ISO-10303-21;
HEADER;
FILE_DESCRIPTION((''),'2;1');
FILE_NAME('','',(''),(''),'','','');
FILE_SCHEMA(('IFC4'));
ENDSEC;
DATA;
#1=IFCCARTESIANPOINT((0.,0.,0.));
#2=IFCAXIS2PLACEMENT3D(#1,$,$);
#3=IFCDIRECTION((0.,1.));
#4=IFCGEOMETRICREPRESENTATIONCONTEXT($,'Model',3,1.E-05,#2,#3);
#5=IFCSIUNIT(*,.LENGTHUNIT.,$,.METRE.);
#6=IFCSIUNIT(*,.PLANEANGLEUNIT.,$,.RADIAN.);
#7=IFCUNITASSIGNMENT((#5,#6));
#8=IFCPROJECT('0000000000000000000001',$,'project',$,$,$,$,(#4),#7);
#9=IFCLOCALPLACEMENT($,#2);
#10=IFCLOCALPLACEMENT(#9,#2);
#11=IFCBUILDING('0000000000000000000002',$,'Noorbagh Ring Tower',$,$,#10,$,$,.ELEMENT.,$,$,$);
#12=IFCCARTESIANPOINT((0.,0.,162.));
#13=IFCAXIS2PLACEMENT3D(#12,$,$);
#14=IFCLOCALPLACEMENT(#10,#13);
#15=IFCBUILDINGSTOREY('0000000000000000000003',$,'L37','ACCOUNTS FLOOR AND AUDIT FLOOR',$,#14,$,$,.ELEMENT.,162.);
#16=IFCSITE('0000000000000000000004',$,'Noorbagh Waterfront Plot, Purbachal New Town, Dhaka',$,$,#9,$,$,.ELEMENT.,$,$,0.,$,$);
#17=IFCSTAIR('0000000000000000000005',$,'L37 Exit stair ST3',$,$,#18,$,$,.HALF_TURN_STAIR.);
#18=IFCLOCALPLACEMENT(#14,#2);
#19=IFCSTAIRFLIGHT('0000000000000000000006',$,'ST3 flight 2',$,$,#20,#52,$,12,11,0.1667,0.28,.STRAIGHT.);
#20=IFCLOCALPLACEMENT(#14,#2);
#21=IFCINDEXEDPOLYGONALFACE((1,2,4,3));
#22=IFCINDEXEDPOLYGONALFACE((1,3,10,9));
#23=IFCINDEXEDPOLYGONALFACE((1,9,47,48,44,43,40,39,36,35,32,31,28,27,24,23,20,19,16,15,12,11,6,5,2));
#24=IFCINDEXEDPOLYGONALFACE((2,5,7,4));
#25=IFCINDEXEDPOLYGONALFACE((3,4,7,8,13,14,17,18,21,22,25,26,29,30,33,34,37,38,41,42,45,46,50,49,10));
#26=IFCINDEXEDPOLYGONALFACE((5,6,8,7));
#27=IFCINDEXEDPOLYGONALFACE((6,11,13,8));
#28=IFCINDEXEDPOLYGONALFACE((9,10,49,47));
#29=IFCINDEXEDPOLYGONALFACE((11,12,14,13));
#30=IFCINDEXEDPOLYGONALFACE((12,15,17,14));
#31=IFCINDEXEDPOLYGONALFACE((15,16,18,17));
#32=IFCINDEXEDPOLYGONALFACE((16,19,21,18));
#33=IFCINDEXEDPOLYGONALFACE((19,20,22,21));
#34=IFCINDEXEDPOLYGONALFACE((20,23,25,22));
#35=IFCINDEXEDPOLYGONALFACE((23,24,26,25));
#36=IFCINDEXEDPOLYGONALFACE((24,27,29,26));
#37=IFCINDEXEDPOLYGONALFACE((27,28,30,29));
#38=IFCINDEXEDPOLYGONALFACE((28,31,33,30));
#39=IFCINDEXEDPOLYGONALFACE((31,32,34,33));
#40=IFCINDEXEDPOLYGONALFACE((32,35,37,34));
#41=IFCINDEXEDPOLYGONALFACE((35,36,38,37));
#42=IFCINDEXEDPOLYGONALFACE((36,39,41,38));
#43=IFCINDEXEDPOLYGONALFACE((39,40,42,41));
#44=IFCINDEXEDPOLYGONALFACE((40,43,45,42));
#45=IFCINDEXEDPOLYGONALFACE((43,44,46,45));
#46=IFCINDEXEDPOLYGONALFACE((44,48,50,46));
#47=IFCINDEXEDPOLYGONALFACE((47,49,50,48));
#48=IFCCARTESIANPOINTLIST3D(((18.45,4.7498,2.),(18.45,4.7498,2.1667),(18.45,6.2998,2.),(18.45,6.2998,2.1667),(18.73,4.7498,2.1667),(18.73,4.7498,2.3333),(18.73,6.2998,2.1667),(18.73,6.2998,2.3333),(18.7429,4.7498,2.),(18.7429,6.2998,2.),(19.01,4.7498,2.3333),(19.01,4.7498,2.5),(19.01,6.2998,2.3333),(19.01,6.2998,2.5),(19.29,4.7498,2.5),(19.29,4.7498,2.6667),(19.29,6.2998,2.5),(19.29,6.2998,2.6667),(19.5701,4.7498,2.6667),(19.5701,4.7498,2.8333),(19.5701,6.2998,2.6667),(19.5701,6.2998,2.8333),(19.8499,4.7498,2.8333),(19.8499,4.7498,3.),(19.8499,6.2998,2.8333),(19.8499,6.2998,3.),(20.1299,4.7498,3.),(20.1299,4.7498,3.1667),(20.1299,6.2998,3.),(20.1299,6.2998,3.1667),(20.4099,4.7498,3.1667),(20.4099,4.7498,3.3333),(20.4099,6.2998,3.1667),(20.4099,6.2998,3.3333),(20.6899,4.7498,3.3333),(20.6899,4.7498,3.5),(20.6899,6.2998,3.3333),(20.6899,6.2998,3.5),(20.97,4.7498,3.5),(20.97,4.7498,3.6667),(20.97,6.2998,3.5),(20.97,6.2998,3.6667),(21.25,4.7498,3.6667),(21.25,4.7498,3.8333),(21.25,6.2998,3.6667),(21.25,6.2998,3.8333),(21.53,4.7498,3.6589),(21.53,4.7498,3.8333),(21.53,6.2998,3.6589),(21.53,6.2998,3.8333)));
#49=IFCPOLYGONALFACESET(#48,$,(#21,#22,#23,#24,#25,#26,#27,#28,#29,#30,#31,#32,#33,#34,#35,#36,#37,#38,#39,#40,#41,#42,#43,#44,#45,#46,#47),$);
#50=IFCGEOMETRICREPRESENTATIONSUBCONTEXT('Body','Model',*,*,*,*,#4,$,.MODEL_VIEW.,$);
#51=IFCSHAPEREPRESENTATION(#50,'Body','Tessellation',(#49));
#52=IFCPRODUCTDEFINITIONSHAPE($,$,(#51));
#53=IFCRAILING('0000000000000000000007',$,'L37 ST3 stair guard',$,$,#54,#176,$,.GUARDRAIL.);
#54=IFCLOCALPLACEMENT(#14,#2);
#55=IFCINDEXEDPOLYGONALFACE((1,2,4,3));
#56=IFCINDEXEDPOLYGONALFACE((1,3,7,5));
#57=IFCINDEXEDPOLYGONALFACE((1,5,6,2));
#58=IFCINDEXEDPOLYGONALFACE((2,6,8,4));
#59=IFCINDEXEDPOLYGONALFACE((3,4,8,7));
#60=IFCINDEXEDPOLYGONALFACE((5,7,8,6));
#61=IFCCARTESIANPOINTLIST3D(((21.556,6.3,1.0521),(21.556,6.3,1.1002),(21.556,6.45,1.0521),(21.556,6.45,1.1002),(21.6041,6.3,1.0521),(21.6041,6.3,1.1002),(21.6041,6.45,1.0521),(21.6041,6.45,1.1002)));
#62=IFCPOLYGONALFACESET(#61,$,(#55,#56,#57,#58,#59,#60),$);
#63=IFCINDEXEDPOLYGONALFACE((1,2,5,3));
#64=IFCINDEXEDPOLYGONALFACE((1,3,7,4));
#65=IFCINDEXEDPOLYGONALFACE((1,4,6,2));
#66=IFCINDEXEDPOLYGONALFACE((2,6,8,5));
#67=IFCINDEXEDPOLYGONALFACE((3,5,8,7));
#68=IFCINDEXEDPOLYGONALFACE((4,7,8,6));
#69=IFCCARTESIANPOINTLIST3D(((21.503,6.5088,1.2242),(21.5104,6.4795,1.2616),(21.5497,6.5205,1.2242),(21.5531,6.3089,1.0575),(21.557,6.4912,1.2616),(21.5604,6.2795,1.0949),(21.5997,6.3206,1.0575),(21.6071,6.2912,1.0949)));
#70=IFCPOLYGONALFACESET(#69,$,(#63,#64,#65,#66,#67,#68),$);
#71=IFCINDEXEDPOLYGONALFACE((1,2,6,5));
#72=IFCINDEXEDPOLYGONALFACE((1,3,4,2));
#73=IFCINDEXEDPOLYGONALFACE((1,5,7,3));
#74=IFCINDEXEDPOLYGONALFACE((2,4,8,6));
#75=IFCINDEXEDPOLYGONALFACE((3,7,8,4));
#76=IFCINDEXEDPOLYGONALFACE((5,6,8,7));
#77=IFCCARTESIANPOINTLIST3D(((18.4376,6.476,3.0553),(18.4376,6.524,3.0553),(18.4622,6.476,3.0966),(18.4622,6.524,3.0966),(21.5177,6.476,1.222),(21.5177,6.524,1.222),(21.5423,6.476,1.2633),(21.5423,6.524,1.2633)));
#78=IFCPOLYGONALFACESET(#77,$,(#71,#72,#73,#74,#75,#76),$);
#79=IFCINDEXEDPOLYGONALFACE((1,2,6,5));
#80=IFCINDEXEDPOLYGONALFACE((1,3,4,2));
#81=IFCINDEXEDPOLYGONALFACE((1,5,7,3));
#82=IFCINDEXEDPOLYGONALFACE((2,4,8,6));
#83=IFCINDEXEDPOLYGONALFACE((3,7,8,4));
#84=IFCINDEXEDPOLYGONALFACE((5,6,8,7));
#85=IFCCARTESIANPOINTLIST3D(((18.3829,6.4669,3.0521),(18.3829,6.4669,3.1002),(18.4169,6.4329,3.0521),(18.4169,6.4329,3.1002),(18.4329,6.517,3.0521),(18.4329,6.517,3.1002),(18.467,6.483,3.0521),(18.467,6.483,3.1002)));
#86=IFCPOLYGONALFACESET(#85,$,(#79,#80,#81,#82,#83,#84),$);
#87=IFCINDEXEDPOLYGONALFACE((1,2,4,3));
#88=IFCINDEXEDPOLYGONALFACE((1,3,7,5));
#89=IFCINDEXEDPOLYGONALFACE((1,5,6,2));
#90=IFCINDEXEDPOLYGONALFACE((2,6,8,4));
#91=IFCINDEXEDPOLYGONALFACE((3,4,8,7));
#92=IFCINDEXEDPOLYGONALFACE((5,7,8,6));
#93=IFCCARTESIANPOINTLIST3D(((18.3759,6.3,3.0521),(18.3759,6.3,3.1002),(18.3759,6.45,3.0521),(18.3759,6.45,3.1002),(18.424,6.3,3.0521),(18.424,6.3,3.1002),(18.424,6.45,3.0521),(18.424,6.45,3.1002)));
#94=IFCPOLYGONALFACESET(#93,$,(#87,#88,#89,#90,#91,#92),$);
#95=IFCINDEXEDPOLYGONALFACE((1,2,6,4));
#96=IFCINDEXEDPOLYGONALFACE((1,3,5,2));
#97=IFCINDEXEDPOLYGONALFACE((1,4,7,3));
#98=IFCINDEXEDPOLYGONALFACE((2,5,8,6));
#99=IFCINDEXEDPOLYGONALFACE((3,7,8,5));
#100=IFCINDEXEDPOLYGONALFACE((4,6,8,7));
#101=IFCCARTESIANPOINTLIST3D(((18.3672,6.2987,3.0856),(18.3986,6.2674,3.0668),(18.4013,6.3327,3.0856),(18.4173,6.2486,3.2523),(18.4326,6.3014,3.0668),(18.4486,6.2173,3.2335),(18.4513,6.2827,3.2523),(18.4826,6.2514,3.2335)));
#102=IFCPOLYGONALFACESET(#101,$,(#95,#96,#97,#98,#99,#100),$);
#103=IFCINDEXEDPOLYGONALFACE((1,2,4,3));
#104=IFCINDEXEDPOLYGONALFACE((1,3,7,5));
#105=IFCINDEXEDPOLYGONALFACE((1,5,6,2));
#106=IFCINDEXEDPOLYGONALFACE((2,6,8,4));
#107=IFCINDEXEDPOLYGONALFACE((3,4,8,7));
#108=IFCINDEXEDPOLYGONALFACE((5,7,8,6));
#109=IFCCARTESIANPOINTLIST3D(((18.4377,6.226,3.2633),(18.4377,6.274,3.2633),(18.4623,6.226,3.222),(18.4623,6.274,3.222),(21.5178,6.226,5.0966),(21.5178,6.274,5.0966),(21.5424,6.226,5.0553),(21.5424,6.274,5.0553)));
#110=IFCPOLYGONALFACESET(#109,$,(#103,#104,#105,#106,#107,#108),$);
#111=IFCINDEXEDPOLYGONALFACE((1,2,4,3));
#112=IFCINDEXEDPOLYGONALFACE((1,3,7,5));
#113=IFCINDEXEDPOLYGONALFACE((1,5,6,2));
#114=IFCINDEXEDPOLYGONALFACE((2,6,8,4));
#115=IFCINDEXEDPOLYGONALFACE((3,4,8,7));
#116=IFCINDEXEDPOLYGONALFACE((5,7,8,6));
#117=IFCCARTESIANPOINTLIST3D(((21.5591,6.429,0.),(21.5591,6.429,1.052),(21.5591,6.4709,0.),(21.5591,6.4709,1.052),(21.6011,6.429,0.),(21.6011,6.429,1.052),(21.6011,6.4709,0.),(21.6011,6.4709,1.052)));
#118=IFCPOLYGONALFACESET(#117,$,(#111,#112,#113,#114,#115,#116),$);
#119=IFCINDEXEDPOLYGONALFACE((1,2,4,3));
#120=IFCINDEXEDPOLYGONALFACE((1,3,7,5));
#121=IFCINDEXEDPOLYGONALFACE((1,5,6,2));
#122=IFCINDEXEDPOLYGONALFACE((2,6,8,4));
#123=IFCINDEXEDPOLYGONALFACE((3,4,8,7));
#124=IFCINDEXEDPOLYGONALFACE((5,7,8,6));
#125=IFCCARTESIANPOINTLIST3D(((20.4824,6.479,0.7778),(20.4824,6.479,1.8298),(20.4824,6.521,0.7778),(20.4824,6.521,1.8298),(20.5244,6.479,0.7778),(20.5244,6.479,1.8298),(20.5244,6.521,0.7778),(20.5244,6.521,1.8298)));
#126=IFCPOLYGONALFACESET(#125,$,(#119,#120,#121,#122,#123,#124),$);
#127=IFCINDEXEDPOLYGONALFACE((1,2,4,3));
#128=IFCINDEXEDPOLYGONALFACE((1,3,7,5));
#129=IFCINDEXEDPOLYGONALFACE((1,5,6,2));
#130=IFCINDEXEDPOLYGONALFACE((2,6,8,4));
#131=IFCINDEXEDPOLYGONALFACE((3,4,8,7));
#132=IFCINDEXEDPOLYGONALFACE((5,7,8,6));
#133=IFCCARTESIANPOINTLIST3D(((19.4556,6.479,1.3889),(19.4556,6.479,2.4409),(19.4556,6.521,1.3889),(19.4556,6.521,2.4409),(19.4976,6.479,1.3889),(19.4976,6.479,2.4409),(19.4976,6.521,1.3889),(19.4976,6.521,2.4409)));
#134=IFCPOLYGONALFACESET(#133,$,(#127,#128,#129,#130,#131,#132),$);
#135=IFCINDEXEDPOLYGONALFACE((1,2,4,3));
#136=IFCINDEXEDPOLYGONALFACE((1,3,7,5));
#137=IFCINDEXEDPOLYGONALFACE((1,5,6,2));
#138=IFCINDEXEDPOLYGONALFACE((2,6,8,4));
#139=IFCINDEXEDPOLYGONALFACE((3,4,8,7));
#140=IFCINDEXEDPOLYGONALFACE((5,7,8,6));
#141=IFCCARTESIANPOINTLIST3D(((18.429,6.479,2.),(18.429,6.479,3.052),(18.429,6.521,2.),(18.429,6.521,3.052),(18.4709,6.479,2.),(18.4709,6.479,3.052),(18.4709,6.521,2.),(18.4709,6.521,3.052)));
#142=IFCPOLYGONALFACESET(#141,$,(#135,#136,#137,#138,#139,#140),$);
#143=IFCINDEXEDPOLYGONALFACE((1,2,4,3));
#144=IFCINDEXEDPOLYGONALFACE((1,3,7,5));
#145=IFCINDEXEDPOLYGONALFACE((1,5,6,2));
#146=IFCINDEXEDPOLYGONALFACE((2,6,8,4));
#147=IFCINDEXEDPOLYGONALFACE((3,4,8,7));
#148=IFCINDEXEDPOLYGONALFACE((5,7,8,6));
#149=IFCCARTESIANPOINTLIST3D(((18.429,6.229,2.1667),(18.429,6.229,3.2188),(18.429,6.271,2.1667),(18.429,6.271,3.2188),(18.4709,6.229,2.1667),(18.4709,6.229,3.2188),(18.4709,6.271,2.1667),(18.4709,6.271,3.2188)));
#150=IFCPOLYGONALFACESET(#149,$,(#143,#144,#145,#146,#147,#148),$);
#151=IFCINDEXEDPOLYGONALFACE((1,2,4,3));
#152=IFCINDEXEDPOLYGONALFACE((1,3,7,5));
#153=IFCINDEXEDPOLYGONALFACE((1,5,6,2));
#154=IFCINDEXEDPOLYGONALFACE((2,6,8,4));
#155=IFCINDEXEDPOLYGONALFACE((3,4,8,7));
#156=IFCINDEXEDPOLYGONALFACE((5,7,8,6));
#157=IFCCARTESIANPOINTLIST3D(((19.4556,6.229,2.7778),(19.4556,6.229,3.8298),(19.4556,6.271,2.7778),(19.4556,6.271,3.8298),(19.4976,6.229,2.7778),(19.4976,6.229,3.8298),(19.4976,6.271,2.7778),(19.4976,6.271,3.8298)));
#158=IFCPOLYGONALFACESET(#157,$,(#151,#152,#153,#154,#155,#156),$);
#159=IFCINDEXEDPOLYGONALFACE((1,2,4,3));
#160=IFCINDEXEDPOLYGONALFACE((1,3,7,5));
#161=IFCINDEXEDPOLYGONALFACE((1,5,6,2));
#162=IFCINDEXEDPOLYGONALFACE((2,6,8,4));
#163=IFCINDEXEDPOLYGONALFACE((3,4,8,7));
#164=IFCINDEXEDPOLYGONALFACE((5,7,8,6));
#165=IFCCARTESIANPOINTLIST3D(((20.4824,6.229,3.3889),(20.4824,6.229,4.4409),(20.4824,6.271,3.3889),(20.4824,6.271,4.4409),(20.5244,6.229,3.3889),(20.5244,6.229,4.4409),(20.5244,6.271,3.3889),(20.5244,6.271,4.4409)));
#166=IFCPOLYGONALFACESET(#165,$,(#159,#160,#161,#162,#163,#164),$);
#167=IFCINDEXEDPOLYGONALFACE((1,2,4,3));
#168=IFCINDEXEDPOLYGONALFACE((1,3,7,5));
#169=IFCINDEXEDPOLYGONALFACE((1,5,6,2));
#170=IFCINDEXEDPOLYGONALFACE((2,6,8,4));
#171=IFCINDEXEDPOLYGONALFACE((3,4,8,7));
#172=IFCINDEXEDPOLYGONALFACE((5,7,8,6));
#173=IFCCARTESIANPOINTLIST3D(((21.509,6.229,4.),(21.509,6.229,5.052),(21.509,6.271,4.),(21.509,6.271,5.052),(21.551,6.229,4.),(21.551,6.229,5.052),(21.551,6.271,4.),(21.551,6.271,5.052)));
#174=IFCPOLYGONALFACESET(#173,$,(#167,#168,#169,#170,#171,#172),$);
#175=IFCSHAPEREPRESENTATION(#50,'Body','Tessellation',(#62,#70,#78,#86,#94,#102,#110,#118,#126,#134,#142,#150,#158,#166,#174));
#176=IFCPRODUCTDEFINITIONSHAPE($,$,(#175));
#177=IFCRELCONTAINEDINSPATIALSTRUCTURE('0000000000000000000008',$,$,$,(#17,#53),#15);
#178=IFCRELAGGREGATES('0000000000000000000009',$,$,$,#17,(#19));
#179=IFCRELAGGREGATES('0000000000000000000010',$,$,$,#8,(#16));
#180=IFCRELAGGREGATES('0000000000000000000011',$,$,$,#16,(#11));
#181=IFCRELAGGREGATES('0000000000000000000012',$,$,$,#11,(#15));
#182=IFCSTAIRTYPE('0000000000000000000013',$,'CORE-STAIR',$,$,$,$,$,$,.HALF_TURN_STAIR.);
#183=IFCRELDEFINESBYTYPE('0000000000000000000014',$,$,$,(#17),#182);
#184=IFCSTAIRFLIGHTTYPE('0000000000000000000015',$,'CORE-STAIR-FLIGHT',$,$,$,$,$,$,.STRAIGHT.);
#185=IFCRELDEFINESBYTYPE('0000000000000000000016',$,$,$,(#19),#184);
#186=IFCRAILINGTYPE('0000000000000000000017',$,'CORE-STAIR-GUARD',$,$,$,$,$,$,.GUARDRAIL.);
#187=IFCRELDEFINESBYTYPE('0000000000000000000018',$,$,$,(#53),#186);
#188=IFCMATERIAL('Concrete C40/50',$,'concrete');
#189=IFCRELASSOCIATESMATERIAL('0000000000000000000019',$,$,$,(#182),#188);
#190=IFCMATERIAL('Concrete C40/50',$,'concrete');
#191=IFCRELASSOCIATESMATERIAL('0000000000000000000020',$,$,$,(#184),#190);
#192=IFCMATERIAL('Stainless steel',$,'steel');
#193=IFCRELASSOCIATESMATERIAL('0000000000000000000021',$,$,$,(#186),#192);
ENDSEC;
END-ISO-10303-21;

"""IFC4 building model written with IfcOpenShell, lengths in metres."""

from ifc_helpers import new_model, si_unit, direction, frame, origin, origin_2d, place, context, subcontext, project, spatial, polyline, rectangle, outline, extrude, material, type_object, element, aggregate, save


model = new_model("IFC4")

# Units and contexts
model_context = context("Model", 3, precision=1e-05, world=origin(), true_north=direction((0.0, 1.0)))
body_context = subcontext(model_context, "Body", "Model", "MODEL_VIEW")
ifc_project = project(units=[si_unit("LENGTHUNIT", "METRE"), si_unit("PLANEANGLEUNIT", "RADIAN")], contexts=[model_context])

# Site, building, storey
site_placement = place(None, origin())
site = spatial("IfcSite", under=ifc_project, at=site_placement, Name="Noorbagh Waterfront Plot, Purbachal New Town, Dhaka", CompositionType="ELEMENT", RefElevation=0.0)
building_placement = place(site_placement, origin())
building = spatial("IfcBuilding", under=site, at=building_placement, Name="Noorbagh Ring Tower", CompositionType="ELEMENT")
storey_placement = place(building_placement, frame((0.0, 0.0, 162.0)))
storey = spatial("IfcBuildingStorey", under=building, at=storey_placement, Name="L37", Description="ACCOUNTS FLOOR AND AUDIT FLOOR", CompositionType="ELEMENT", Elevation=162.0)

# Stair, stair flight
ifc_material_1 = material(Name="Concrete C40/50", Category="concrete")
stair_type = type_object("IfcStairType", Name="CORE-STAIR", PredefinedType="HALF_TURN_STAIR", material=ifc_material_1)
stair_placement = place(storey_placement, origin())
stair = element("IfcStair", 1, at=stair_placement, inside=storey, type_object=stair_type, Name="L37 Exit stair ST3", PredefinedType="HALF_TURN_STAIR")
ifc_material_2 = material(Name="Concrete C40/50", Category="concrete")
stair_flight_type = type_object("IfcStairFlightType", Name="CORE-STAIR-FLIGHT", PredefinedType="STRAIGHT", material=ifc_material_2)
stair_flight_1_placement = place(storey_placement, frame((18.45, 5.5249, 2.0), z_axis=(0.0, 0.0, 1.0), x_axis=(1.0, 0.0, 0.0)))
stair_flight_1 = element("IfcStairFlight", 2, at=stair_flight_1_placement, type_object=stair_flight_type, Name="ST3 flight 2", NumberOfRisers=12, NumberOfTreads=11, PredefinedType="STRAIGHT", RiserHeight=0.1667, TreadLength=0.28, context=body_context, shape_type="SweptSolid", body=[
    extrude(outline(polyline([(0.0, 0.0), (0.0, 0.1667), (0.28, 0.1667), (0.28, 0.3333), (0.5601, 0.3333), (0.5601, 0.5), (0.8401, 0.5), (0.8401, 0.6667), (1.1201, 0.6667), (1.1201, 0.8333), (1.3999, 0.8333), (1.3999, 1.0), (1.6799, 1.0), (1.6799, 1.1667), (1.96, 1.1667), (1.96, 1.3333), (2.24, 1.3333), (2.24, 1.5), (2.52, 1.5), (2.52, 1.6667), (2.8, 1.6667), (2.8, 1.8333), (3.0801, 1.8333), (3.0801, 2.0), (3.0801, 1.6589), (0.293, 0.0), (0.0, 0.0)])), frame((0.0, 0.7749, 0.0), z_axis=(0.0, -1.0, 0.0), x_axis=(1.0, 0.0, 0.0)), (0.0, 0.0, 1.0), 1.55),
])
aggregate(stair, [stair_flight_1])

# Railing
ifc_material_3 = material(Name="Stainless steel", Category="steel")
railing_type_1 = type_object("IfcRailingType", Name="CORE-STAIR-GUARD", PredefinedType="GUARDRAIL", material=ifc_material_3)
railing_1_placement = place(storey_placement, frame((21.5801, 6.45, 0.0)))
element("IfcRailing", 3, at=railing_1_placement, inside=storey, type_object=railing_type_1, Name="L37 ST3 stair guard", PredefinedType="GUARDRAIL", context=body_context, shape_type="SweptSolid", body=[
    extrude(rectangle(XDim=0.0481, YDim=0.0481, at=origin_2d()), frame((0.0, 0.0, 1.0762), z_axis=(0.0, -1.0, 0.0), x_axis=(1.0, 0.0, 0.0)), (0.0, 0.0, 1.0), 0.1499),
    extrude(rectangle(XDim=0.0481, YDim=0.0481, at=origin_2d()), frame((0.0, -0.1499, 1.0762), z_axis=(-0.188776, 0.754182, 0.628946), x_axis=(-0.970073, -0.242814, 0.0)), (0.0, 0.0, 1.0), 0.2651),
    extrude(rectangle(XDim=0.0481, YDim=0.0481, at=origin_2d()), frame((-0.05, 0.05, 1.2427), z_axis=(-0.859309, 0.0, 0.511458), x_axis=(0.0, -1.0, 0.0)), (0.0, 0.0, 1.0), 3.5845),
    extrude(rectangle(XDim=0.0481, YDim=0.0481, at=origin_2d()), frame((-3.1301, 0.05, 3.0762), z_axis=(-0.707107, -0.707107, 0.0), x_axis=(0.707107, -0.707107, 0.0)), (0.0, 0.0, 1.0), 0.0708),
    extrude(rectangle(XDim=0.0481, YDim=0.0481, at=origin_2d()), frame((-3.1802, 0.0, 3.0762), z_axis=(0.0, -1.0, 0.0), x_axis=(1.0, 0.0, 0.0)), (0.0, 0.0, 1.0), 0.1499),
    extrude(rectangle(XDim=0.0481, YDim=0.0481, at=origin_2d()), frame((-3.1802, -0.1499, 3.0762), z_axis=(0.276287, -0.276287, 0.920506), x_axis=(0.707107, 0.707107, 0.0)), (0.0, 0.0, 1.0), 0.1812),
    extrude(rectangle(XDim=0.0481, YDim=0.0481, at=origin_2d()), frame((-3.1301, -0.2, 3.2427), z_axis=(0.859309, 0.0, 0.511458), x_axis=(0.0, 1.0, 0.0)), (0.0, 0.0, 1.0), 3.5845),
    extrude(rectangle(XDim=0.042, YDim=0.042, at=origin_2d()), origin(), (0.0, 0.0, 1.0), 1.052),
    extrude(rectangle(XDim=0.042, YDim=0.042, at=origin_2d()), frame((-1.0767, 0.05, 0.7778)), (0.0, 0.0, 1.0), 1.052),
    extrude(rectangle(XDim=0.042, YDim=0.042, at=origin_2d()), frame((-2.1035, 0.05, 1.3889)), (0.0, 0.0, 1.0), 1.052),
    extrude(rectangle(XDim=0.042, YDim=0.042, at=origin_2d()), frame((-3.1301, 0.05, 2.0)), (0.0, 0.0, 1.0), 1.052),
    extrude(rectangle(XDim=0.042, YDim=0.042, at=origin_2d()), frame((-3.1301, -0.2, 2.1667)), (0.0, 0.0, 1.0), 1.052),
    extrude(rectangle(XDim=0.042, YDim=0.042, at=origin_2d()), frame((-2.1035, -0.2, 2.7778)), (0.0, 0.0, 1.0), 1.052),
    extrude(rectangle(XDim=0.042, YDim=0.042, at=origin_2d()), frame((-1.0767, -0.2, 3.3889)), (0.0, 0.0, 1.0), 1.052),
    extrude(rectangle(XDim=0.042, YDim=0.042, at=origin_2d()), frame((-0.05, -0.2, 4.0)), (0.0, 0.0, 1.0), 1.052),
])

save(model, "model.ifc")
